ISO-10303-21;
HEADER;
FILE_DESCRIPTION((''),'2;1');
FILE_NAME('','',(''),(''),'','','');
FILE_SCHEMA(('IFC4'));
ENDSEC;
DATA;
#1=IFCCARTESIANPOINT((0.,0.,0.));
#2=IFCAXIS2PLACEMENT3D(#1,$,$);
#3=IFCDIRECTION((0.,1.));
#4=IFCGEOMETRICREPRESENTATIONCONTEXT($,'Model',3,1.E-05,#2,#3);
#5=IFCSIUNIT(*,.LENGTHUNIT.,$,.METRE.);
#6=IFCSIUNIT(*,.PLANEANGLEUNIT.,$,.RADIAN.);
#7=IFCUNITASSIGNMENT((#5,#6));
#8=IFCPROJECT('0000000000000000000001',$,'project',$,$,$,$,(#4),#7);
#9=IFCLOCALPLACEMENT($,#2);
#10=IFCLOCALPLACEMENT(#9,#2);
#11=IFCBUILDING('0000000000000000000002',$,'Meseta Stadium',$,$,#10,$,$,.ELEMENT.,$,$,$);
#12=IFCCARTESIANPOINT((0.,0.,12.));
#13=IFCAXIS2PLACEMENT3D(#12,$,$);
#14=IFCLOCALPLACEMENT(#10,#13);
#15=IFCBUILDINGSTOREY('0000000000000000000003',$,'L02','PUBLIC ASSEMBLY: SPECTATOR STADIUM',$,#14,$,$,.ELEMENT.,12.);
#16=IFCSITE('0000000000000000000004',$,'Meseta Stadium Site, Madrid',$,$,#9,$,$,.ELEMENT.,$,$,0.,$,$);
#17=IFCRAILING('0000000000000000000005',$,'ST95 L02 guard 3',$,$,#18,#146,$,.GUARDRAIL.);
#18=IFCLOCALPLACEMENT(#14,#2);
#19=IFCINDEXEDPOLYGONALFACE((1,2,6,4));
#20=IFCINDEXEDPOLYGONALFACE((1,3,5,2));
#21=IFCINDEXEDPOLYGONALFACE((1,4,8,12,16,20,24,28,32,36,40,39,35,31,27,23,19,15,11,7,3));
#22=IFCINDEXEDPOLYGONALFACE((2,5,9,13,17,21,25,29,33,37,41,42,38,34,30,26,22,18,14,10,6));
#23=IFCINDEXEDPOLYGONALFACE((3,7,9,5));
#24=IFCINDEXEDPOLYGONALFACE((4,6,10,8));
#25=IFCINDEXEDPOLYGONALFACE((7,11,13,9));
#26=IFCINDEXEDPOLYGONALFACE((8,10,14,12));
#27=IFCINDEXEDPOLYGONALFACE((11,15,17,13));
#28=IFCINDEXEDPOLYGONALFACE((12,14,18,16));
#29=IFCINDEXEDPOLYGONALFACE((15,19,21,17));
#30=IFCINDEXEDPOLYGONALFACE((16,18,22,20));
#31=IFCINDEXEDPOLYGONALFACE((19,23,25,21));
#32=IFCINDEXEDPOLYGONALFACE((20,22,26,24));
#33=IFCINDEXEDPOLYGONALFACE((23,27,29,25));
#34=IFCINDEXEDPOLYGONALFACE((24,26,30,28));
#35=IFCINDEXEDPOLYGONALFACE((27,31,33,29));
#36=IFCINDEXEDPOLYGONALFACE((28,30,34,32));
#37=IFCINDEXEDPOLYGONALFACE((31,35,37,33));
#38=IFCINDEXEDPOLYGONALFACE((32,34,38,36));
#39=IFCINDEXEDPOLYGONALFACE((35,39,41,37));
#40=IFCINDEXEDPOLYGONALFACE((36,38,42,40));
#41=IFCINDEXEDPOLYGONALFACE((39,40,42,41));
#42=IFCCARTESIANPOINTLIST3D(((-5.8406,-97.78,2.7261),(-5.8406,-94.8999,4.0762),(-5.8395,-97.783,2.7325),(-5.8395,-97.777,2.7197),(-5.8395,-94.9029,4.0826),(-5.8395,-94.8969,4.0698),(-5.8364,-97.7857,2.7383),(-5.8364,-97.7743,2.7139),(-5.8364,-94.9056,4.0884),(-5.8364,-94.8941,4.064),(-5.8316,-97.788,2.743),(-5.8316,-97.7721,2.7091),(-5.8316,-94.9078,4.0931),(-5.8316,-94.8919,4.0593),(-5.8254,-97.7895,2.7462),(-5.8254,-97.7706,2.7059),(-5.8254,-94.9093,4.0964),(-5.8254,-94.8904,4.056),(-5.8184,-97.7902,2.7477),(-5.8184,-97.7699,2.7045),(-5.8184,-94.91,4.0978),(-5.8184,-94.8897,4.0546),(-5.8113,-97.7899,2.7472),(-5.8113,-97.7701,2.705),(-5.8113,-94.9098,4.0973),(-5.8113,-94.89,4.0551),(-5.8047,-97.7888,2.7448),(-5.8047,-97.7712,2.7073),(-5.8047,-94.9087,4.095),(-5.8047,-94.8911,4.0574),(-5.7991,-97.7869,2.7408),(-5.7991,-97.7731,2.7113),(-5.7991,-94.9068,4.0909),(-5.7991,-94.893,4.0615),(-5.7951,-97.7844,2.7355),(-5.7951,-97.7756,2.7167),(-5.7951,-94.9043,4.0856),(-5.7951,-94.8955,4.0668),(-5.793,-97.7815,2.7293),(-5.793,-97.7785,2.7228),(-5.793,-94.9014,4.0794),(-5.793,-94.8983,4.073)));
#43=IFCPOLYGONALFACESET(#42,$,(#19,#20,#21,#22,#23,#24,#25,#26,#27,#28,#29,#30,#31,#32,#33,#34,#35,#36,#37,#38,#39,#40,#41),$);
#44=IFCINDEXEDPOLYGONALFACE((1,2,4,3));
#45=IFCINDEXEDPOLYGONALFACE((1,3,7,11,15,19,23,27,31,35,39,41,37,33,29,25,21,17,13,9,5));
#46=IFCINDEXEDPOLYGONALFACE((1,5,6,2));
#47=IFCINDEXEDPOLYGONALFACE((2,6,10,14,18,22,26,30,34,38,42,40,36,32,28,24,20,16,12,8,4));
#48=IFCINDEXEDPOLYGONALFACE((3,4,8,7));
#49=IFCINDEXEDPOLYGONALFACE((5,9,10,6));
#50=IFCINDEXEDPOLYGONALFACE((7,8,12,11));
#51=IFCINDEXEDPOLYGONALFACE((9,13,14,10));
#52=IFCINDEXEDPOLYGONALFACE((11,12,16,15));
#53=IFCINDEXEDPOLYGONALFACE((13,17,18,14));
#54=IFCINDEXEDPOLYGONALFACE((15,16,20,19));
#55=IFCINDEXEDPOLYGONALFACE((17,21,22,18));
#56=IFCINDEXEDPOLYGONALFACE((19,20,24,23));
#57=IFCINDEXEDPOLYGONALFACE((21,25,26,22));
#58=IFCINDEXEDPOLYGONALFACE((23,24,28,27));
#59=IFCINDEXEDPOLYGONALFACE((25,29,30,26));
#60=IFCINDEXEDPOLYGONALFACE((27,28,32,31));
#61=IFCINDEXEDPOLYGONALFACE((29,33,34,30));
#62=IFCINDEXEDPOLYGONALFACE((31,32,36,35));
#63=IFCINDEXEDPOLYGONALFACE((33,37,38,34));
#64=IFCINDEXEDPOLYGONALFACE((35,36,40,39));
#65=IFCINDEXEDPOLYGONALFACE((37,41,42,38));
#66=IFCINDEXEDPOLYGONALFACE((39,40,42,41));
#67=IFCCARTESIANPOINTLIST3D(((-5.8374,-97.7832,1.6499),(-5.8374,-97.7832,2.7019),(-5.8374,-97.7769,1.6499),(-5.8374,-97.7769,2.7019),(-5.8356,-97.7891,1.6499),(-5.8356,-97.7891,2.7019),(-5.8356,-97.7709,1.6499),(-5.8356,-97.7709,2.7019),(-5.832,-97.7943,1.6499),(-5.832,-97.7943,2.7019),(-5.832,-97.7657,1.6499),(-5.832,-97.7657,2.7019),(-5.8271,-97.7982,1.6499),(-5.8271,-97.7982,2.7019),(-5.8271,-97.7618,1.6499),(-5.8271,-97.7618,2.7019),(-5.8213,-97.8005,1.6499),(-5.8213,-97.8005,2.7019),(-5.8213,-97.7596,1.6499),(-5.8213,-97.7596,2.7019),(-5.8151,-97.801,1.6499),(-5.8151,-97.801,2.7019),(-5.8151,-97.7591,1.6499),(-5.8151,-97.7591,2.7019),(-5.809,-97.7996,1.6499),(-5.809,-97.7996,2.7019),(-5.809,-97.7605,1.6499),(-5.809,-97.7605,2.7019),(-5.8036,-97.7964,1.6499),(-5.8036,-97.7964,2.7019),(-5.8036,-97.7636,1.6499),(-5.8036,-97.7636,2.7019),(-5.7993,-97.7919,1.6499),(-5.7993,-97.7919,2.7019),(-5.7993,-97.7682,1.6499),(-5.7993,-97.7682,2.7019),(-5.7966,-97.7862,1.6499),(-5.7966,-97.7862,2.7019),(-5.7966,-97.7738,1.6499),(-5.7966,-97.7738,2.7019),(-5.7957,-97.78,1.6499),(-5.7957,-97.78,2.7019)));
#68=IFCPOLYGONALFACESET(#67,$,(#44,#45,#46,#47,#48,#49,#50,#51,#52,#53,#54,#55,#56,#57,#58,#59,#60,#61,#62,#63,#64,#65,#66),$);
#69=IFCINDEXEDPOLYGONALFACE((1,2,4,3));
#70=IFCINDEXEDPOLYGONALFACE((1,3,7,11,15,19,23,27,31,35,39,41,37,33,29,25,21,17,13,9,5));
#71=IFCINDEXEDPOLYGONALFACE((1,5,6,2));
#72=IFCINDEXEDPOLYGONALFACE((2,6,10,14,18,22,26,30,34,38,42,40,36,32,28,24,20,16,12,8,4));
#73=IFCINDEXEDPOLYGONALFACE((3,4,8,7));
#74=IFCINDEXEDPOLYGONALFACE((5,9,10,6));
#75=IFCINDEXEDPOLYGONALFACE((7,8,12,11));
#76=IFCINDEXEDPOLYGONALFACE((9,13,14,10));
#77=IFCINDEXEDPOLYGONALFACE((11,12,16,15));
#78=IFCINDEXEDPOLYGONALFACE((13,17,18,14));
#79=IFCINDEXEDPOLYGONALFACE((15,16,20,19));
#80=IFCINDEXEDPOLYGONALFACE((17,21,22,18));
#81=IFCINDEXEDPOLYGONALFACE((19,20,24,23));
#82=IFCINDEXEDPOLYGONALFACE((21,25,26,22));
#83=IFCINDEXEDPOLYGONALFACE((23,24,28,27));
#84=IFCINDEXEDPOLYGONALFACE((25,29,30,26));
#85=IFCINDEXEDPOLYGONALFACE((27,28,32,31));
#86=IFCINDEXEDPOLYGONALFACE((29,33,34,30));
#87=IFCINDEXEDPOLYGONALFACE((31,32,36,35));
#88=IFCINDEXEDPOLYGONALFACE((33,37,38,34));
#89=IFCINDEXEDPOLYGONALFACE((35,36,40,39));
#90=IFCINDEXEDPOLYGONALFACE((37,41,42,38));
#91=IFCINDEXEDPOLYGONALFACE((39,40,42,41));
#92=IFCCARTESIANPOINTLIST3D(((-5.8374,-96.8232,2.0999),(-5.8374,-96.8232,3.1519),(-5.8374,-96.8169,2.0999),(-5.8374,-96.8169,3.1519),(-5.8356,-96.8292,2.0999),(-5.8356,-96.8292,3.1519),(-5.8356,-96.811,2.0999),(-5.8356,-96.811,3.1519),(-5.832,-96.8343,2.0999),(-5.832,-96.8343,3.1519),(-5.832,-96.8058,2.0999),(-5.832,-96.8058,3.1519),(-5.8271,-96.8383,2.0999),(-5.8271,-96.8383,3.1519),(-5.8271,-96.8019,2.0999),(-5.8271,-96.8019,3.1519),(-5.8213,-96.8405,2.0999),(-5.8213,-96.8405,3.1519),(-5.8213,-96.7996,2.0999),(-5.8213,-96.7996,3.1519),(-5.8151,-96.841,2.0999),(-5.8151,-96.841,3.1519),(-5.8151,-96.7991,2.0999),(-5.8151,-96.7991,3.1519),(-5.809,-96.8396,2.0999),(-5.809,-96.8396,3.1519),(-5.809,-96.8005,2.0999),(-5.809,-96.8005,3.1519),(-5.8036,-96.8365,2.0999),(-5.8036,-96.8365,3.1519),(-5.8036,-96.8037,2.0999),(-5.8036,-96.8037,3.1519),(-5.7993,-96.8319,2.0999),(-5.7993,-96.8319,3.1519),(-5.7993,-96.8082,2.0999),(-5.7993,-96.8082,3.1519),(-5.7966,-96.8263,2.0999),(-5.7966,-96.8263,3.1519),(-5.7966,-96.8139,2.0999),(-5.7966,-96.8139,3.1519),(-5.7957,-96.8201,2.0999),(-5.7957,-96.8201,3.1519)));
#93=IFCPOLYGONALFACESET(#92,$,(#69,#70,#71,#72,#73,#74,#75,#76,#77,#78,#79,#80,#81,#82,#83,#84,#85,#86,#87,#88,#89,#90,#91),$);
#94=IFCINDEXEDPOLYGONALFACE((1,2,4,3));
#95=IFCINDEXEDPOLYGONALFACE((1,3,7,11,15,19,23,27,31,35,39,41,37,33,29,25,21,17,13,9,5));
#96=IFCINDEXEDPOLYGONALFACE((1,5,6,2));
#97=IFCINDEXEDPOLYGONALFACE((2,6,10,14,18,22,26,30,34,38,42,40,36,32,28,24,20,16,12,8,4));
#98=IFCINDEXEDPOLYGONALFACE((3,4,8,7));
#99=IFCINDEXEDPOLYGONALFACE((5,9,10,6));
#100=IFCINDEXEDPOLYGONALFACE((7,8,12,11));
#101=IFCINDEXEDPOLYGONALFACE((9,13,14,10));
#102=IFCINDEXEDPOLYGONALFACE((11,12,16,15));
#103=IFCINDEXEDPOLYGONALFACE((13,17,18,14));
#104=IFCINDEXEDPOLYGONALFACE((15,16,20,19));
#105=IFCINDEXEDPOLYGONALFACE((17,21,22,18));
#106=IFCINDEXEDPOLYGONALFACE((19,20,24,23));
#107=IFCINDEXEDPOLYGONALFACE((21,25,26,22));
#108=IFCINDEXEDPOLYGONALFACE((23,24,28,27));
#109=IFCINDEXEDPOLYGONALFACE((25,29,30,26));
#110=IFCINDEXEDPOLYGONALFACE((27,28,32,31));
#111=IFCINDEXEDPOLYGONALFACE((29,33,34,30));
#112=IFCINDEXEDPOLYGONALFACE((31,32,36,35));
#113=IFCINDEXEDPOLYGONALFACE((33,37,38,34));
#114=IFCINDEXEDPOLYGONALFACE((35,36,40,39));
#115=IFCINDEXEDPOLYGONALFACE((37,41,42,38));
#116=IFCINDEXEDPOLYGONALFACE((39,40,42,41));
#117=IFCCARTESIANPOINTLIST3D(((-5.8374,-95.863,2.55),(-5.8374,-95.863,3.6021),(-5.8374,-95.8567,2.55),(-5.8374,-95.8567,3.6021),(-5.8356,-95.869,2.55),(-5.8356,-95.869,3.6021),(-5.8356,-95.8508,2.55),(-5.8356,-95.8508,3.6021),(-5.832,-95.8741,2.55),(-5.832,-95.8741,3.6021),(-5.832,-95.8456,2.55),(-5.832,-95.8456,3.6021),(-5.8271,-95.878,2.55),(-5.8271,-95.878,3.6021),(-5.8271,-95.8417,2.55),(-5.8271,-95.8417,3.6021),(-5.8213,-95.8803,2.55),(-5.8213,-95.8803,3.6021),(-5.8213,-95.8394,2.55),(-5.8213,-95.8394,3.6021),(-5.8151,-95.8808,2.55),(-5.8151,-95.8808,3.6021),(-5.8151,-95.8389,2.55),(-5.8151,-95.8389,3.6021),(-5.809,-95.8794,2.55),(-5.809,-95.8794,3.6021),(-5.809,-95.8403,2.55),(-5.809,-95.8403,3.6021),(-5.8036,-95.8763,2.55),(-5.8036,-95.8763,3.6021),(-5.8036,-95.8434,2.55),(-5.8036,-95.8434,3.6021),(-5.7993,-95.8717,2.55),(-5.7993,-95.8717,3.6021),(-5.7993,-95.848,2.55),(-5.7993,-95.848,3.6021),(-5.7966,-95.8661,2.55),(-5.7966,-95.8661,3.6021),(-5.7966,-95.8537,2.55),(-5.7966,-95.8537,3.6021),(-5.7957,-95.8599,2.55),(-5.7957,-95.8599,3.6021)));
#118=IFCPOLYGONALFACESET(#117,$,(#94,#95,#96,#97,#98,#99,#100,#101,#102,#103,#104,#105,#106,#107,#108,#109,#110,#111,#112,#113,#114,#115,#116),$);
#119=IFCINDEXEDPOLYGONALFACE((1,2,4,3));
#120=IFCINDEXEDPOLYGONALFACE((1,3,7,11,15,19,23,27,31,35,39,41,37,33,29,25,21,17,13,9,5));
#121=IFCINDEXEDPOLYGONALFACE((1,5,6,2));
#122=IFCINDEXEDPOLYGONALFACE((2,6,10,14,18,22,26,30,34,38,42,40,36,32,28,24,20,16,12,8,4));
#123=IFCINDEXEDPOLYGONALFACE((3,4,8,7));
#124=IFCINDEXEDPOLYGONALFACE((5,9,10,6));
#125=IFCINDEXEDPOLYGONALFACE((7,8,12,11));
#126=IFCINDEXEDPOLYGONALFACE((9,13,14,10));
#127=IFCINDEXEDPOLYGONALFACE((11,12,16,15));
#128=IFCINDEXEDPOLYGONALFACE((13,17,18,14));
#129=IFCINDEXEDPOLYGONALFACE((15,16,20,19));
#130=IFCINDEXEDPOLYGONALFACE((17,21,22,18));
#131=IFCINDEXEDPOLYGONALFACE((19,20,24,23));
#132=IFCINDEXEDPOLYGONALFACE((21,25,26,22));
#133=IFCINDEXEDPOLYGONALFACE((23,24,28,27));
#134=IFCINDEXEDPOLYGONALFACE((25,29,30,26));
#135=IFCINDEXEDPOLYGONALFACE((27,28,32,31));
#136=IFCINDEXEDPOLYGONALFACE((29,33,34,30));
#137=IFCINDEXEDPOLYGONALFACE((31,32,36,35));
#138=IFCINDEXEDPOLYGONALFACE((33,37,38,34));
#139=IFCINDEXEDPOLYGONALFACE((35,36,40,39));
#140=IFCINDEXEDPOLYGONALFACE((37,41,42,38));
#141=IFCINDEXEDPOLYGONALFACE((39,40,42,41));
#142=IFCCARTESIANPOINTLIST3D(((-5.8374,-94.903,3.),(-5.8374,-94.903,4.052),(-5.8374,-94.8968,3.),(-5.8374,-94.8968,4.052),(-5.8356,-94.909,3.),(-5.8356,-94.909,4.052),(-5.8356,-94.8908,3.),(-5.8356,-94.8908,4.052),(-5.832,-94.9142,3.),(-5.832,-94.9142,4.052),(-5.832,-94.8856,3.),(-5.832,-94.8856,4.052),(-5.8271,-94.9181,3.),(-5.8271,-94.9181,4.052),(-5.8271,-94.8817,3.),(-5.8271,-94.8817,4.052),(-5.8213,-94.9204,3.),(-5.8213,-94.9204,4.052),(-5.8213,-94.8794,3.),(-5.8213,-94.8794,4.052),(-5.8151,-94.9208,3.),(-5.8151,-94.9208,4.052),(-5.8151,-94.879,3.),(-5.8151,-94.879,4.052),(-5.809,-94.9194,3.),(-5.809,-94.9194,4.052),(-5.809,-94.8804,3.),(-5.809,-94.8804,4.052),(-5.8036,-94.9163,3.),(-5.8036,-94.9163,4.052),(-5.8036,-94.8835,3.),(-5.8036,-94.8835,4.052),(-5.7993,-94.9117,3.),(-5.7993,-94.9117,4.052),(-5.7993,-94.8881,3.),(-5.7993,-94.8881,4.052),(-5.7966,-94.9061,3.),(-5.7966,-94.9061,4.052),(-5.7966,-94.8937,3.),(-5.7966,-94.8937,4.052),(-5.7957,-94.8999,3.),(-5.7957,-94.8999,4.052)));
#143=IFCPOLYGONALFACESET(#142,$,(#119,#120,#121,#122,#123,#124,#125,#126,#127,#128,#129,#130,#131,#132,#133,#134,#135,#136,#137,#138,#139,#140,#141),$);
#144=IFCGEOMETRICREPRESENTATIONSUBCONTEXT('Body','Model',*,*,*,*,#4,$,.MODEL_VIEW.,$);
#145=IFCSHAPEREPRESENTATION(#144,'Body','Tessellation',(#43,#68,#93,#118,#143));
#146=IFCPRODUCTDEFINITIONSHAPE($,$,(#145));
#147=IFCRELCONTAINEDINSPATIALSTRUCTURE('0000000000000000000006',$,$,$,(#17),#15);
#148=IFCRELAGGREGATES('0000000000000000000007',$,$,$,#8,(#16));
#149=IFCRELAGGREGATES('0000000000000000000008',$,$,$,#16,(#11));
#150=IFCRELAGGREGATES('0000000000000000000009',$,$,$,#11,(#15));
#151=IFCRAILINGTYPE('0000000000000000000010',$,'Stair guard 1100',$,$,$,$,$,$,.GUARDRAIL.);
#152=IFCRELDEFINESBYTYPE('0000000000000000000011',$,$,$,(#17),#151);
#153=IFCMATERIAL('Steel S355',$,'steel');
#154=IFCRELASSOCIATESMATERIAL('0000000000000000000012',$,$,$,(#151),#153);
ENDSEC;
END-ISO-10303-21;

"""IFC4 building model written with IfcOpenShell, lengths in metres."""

from ifc_helpers import new_model, si_unit, direction, frame, origin, origin_2d, place, context, subcontext, project, spatial, circle, extrude, material, type_object, element, save


model = new_model("IFC4")

# Units and contexts
model_context = context("Model", 3, precision=1e-05, world=origin(), true_north=direction((0.0, 1.0)))
body_context = subcontext(model_context, "Body", "Model", "MODEL_VIEW")
ifc_project = project(units=[si_unit("LENGTHUNIT", "METRE"), si_unit("PLANEANGLEUNIT", "RADIAN")], contexts=[model_context])

# Site, building, storey
site_placement = place(None, origin())
site = spatial("IfcSite", under=ifc_project, at=site_placement, Name="Meseta Stadium Site, Madrid", CompositionType="ELEMENT", RefElevation=0.0)
building_placement = place(site_placement, origin())
building = spatial("IfcBuilding", under=site, at=building_placement, Name="Meseta Stadium", CompositionType="ELEMENT")
storey_placement = place(building_placement, frame((0.0, 0.0, 12.0)))
storey = spatial("IfcBuildingStorey", under=building, at=storey_placement, Name="L02", Description="PUBLIC ASSEMBLY: SPECTATOR STADIUM", CompositionType="ELEMENT", Elevation=12.0)

# Railing
ifc_material_1 = material(Name="Steel S355", Category="steel")
railing_type_1 = type_object("IfcRailingType", Name="Stair guard 1100", PredefinedType="GUARDRAIL", material=ifc_material_1)
railing_1_placement = place(storey_placement, frame((-5.8167, -97.78, 1.6499)))
element("IfcRailing", 1, at=railing_1_placement, inside=storey, type_object=railing_type_1, Name="ST95 L02 guard 3", PredefinedType="GUARDRAIL", context=body_context, shape_type="SweptSolid", body=[
    extrude(circle(Radius=0.0239, at=origin_2d()), frame((0.0, 0.0, 1.0762), z_axis=(0.0, 0.905454, 0.424444), x_axis=(-1.0, 0.0, 0.0)), (0.0, 0.0, 1.0), 3.1809),
    extrude(circle(Radius=0.021, at=origin_2d()), origin(), (0.0, 0.0, 1.0), 1.052),
    extrude(circle(Radius=0.021, at=origin_2d()), frame((0.0, 0.96, 0.45)), (0.0, 0.0, 1.0), 1.052),
    extrude(circle(Radius=0.021, at=origin_2d()), frame((0.0, 1.9202, 0.9001)), (0.0, 0.0, 1.0), 1.052),
    extrude(circle(Radius=0.021, at=origin_2d()), frame((0.0, 2.8801, 1.3501)), (0.0, 0.0, 1.0), 1.052),
])

save(model, "model.ifc")
